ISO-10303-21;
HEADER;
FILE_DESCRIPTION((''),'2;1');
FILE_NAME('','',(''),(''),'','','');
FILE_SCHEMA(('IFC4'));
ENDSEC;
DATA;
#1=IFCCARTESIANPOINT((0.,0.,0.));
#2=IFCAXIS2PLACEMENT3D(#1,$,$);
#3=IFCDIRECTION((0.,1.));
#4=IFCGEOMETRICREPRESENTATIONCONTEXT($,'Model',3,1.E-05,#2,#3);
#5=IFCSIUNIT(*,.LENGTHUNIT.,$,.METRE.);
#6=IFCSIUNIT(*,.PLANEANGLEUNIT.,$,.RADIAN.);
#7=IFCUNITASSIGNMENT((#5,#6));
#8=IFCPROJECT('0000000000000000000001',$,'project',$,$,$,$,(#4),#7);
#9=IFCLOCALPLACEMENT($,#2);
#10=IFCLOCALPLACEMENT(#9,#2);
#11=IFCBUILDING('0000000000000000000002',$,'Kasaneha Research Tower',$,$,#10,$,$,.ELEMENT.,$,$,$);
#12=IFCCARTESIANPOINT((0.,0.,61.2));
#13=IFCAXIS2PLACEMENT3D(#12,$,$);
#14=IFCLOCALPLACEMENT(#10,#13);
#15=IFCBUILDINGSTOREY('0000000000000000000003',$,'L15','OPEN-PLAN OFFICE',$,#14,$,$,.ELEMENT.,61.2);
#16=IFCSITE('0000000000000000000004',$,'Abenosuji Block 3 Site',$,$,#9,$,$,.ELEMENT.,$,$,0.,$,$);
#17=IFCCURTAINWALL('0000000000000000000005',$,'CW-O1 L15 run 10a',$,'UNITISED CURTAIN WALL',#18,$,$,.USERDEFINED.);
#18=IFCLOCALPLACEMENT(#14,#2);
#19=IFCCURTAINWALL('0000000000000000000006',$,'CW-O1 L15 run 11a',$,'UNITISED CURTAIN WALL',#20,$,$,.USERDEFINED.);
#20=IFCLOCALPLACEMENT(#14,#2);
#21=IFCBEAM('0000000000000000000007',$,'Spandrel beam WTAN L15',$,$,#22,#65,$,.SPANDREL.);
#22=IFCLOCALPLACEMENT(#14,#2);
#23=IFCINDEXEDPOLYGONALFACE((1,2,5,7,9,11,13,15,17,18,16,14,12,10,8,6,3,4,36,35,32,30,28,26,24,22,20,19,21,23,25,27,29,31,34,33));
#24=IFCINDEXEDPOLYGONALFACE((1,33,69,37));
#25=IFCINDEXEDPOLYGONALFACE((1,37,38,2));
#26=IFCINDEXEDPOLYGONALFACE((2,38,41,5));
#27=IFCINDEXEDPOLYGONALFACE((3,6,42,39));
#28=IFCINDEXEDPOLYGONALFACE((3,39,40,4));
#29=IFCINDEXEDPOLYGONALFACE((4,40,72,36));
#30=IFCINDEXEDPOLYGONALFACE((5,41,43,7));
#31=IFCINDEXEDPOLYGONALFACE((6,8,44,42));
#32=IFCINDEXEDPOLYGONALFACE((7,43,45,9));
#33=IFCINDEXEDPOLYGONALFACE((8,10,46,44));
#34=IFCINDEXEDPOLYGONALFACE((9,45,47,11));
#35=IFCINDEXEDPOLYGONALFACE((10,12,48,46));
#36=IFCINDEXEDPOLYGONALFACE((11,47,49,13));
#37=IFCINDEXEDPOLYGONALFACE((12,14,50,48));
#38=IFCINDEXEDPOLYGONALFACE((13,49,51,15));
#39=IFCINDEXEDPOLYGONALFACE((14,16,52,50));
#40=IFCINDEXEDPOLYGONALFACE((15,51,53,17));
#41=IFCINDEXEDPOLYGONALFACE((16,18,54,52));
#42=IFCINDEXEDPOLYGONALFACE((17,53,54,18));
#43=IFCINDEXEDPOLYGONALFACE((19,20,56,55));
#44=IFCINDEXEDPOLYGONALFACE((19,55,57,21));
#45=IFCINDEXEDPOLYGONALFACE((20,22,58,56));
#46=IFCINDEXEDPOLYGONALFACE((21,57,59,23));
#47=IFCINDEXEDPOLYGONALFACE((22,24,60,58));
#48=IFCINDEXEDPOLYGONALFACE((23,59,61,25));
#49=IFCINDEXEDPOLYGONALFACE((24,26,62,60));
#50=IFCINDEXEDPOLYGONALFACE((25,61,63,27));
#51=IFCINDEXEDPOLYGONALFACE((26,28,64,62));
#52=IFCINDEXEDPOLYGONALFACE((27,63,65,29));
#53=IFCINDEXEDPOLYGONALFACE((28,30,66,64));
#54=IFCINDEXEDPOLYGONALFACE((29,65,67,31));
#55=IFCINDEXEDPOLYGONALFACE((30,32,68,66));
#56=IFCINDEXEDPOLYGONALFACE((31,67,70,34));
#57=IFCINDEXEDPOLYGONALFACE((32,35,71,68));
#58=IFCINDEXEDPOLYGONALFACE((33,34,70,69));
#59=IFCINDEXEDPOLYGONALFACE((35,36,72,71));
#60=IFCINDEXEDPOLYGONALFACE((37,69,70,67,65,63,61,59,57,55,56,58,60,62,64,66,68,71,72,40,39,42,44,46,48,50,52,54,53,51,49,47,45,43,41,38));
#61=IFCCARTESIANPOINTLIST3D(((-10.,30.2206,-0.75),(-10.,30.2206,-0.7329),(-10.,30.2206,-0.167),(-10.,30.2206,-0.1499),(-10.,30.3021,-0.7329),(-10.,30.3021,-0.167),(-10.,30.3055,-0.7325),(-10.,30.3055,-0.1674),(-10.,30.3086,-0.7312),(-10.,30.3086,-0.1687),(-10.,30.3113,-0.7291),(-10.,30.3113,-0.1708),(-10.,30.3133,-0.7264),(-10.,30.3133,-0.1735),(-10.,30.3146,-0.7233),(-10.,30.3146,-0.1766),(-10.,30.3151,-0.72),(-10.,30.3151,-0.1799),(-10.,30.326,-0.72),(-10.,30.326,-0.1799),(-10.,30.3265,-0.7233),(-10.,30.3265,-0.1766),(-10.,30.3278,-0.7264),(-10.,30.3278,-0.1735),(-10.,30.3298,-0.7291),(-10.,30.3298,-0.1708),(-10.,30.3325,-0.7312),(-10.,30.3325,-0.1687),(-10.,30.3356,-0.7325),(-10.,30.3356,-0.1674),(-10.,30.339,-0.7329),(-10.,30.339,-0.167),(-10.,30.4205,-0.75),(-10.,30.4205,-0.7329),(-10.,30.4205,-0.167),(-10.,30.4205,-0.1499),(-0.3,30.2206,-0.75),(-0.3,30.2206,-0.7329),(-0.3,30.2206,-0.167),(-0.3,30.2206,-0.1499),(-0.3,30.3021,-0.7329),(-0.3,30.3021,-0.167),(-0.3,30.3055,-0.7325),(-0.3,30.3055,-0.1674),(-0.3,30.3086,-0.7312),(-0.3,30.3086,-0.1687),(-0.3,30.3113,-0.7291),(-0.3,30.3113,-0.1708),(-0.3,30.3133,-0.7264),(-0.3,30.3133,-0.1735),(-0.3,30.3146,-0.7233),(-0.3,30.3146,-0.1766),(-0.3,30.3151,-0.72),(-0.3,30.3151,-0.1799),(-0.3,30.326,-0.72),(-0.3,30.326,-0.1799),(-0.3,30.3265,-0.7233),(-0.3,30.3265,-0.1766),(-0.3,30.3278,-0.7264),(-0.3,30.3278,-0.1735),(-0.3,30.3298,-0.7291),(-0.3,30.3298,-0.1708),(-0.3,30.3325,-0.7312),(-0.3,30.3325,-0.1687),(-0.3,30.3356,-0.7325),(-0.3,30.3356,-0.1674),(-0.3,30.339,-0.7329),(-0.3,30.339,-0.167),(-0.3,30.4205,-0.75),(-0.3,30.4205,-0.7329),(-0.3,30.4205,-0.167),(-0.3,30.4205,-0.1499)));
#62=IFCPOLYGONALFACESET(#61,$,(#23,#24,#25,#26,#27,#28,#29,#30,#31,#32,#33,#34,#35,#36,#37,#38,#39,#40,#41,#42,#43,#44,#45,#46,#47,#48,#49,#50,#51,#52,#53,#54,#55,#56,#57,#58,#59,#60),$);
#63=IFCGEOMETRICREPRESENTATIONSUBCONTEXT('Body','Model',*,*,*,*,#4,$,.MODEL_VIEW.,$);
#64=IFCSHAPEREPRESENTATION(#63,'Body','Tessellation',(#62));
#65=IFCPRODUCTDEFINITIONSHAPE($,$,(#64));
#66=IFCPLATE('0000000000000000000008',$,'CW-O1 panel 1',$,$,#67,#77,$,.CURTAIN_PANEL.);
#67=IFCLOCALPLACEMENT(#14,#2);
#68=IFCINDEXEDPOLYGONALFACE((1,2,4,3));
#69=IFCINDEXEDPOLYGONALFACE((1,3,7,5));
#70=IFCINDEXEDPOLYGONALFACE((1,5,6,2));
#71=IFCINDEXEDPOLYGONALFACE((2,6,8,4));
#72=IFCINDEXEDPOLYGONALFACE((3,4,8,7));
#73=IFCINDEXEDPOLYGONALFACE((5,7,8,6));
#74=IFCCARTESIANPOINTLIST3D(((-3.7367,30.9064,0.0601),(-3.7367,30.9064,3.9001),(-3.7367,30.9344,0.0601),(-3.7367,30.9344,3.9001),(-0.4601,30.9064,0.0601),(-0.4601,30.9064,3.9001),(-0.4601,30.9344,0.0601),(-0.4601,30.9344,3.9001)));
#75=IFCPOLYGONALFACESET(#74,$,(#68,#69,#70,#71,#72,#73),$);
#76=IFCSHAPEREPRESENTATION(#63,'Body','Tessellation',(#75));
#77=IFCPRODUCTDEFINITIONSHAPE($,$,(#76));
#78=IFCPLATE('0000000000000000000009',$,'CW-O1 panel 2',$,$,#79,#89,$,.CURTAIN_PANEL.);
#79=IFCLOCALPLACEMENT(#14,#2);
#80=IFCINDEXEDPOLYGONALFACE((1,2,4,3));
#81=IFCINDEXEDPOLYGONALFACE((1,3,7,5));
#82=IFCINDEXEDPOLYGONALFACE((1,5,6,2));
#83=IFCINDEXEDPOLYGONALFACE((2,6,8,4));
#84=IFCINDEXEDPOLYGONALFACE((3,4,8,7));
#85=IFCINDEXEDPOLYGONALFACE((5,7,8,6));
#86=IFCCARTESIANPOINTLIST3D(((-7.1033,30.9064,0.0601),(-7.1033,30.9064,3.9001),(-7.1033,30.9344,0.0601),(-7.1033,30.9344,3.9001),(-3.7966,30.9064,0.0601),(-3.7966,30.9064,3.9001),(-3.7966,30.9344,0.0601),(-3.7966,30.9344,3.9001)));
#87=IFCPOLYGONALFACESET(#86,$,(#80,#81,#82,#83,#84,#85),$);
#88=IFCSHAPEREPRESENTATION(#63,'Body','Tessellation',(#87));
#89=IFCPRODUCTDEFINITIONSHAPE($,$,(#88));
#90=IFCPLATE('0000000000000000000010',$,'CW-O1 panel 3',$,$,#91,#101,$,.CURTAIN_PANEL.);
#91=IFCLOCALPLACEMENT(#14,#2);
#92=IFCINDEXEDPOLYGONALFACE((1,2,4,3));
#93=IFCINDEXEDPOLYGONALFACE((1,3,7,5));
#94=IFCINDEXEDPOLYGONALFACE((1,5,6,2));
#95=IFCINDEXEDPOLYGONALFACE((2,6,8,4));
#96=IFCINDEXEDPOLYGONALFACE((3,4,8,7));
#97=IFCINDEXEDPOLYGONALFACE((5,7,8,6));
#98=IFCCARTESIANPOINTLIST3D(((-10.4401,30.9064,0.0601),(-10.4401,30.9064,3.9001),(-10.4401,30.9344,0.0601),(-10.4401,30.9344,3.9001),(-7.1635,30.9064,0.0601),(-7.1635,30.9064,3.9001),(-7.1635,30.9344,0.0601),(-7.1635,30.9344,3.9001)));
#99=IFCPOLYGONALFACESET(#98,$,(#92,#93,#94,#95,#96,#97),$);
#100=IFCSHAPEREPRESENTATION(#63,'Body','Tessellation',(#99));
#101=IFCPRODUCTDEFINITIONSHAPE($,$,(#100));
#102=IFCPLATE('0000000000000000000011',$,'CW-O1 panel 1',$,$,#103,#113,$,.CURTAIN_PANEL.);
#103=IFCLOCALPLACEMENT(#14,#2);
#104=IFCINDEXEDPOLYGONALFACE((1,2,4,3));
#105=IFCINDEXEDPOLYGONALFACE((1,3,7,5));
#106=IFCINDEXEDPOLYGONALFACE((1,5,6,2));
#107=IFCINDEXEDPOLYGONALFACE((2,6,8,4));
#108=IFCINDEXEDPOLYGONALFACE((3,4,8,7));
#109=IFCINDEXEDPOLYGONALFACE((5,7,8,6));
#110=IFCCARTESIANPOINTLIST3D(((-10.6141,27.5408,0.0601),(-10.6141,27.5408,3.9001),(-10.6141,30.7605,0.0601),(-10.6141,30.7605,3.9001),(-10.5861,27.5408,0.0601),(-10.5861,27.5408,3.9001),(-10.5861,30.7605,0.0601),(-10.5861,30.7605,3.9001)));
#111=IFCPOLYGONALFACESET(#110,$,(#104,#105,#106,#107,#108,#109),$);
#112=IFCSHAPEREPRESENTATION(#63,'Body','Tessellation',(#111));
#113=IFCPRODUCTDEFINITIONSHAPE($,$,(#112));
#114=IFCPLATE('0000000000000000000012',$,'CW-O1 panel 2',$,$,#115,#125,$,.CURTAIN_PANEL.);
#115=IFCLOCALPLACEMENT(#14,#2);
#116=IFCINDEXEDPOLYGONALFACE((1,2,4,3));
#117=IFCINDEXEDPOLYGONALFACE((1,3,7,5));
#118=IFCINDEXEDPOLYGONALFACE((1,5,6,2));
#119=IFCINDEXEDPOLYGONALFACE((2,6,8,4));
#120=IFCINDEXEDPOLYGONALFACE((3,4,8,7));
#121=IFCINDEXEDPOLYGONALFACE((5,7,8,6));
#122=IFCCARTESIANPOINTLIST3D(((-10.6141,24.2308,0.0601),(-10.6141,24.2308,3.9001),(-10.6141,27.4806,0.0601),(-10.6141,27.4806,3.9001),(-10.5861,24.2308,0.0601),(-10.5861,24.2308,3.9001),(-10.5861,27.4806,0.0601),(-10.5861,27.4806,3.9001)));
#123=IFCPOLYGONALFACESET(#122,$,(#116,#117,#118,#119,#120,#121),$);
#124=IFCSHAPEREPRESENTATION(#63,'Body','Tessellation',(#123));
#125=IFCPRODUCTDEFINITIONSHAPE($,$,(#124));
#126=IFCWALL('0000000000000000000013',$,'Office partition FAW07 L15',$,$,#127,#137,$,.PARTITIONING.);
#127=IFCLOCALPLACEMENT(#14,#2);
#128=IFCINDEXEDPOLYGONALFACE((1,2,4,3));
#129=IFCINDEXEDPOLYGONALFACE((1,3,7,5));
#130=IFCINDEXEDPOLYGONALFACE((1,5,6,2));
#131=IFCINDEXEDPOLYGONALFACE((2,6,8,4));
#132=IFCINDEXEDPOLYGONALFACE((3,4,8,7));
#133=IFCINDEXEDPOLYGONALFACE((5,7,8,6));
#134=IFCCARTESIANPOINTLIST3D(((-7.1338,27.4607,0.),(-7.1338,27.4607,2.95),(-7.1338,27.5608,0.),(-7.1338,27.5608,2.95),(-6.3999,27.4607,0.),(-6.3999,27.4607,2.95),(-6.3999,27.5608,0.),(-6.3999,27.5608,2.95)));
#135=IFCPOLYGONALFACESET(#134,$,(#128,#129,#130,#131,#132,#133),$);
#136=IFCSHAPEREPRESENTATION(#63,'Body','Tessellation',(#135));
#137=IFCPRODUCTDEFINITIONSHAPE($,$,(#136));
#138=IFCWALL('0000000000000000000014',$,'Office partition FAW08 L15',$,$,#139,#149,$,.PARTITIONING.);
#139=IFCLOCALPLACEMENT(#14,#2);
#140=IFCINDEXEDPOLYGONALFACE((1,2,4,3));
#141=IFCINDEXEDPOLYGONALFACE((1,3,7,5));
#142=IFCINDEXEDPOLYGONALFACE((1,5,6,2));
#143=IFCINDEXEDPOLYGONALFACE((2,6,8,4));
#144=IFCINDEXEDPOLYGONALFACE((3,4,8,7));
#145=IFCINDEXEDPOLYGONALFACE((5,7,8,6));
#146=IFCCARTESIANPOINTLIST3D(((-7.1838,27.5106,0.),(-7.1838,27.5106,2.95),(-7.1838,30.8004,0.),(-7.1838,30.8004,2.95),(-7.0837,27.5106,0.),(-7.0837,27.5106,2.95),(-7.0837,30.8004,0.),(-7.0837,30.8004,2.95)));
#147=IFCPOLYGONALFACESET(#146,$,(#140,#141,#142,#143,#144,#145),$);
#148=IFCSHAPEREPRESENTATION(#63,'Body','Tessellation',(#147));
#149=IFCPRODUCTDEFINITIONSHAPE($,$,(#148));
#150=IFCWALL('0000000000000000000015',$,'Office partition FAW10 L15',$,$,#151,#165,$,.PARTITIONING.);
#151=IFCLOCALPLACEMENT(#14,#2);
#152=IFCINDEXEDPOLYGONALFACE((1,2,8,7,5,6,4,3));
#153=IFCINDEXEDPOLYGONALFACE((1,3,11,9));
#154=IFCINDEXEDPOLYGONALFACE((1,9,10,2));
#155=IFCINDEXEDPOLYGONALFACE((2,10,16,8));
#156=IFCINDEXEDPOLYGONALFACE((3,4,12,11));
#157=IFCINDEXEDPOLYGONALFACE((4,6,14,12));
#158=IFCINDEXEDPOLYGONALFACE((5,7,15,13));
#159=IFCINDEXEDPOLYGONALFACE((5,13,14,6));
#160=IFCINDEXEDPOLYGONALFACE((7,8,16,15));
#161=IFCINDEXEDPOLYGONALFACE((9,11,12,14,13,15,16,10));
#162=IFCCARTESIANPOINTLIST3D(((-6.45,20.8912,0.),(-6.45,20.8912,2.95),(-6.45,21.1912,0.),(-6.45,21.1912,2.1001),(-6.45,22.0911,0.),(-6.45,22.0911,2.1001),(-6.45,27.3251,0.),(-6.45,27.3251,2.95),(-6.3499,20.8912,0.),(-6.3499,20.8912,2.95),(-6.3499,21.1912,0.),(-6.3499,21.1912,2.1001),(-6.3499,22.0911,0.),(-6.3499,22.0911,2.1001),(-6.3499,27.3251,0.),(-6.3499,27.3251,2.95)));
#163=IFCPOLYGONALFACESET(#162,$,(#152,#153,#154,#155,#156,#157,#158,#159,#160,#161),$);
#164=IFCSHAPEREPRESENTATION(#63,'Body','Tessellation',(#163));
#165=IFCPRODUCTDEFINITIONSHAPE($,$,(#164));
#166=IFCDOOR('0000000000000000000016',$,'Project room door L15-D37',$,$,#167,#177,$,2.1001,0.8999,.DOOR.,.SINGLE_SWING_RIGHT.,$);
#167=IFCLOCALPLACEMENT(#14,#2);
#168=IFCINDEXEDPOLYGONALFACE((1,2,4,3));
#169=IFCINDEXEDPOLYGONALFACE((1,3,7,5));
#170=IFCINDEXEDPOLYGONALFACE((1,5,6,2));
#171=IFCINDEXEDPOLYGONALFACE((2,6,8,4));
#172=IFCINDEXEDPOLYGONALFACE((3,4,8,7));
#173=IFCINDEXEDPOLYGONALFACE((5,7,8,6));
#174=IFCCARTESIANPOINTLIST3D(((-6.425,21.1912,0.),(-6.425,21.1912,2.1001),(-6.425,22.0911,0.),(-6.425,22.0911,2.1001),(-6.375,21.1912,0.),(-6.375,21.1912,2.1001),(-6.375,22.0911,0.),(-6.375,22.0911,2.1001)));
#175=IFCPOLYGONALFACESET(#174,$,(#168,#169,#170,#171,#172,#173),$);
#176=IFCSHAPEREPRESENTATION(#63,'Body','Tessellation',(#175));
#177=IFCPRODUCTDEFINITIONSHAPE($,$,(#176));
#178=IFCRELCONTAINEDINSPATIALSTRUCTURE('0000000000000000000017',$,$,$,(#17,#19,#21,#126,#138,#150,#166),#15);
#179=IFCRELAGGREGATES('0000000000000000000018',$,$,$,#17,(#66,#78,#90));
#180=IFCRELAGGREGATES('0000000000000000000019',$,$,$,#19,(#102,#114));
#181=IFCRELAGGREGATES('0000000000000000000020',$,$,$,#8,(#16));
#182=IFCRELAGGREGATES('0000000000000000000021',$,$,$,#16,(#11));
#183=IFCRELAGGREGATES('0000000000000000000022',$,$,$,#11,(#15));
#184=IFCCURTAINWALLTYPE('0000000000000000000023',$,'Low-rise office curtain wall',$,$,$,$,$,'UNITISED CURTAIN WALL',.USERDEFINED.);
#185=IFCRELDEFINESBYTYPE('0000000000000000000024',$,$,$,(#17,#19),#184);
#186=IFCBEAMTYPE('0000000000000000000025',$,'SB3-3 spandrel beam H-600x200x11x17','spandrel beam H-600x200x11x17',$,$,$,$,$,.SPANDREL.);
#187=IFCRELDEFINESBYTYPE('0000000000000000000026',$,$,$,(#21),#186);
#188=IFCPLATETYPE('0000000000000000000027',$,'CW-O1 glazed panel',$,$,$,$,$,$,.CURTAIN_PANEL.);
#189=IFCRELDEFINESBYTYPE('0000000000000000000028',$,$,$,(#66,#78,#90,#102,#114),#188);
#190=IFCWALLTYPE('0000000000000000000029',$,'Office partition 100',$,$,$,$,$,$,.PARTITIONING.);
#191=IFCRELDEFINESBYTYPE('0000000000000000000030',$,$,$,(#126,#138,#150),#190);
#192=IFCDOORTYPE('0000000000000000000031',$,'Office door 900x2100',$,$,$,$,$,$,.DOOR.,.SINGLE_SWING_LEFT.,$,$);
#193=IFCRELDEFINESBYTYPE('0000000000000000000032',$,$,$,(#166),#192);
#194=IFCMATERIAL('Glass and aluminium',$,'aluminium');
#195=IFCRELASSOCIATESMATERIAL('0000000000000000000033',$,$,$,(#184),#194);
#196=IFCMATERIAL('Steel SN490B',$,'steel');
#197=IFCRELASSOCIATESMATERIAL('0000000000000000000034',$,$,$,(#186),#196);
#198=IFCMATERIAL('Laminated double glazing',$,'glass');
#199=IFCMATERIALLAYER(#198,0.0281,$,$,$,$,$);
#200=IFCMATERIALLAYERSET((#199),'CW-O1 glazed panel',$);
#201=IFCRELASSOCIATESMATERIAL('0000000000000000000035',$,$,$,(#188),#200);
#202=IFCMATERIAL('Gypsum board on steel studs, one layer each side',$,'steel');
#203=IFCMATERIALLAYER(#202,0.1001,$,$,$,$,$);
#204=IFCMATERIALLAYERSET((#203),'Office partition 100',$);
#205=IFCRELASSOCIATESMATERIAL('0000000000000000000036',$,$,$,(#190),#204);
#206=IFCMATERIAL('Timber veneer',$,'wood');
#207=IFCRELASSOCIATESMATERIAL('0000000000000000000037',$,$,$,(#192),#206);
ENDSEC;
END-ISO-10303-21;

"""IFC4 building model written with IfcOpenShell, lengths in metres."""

from ifc_helpers import new_model, si_unit, direction, frame, frame_2d, origin, origin_2d, place, context, subcontext, project, spatial, rectangle, i_section, extrude, material, layer, layer_set, material_profile, profile_set, type_object, element, fill, aggregate, save


model = new_model("IFC4")

# Units and contexts
model_context = context("Model", 3, precision=1e-05, world=origin(), true_north=direction((0.0, 1.0)))
body_context = subcontext(model_context, "Body", "Model", "MODEL_VIEW")
ifc_project = project(units=[si_unit("LENGTHUNIT", "METRE"), si_unit("PLANEANGLEUNIT", "RADIAN")], contexts=[model_context])

# Site, building, storey
site_placement = place(None, origin())
site = spatial("IfcSite", under=ifc_project, at=site_placement, Name="Abenosuji Block 3 Site", CompositionType="ELEMENT", RefElevation=0.0)
building_placement = place(site_placement, origin())
building = spatial("IfcBuilding", under=site, at=building_placement, Name="Kasaneha Research Tower", CompositionType="ELEMENT")
storey_placement = place(building_placement, frame((0.0, 0.0, 61.2)))
storey = spatial("IfcBuildingStorey", under=building, at=storey_placement, Name="L15", Description="OPEN-PLAN OFFICE", CompositionType="ELEMENT", Elevation=61.2)

# Curtain walls
ifc_material_1 = material(Name="Glass and aluminium", Category="aluminium")
curtain_wall_type = type_object("IfcCurtainWallType", Name="Low-rise office curtain wall", ElementType="UNITISED CURTAIN WALL", PredefinedType="USERDEFINED", material=ifc_material_1)
curtain_wall_1_placement = place(storey_placement, origin())
curtain_wall_1 = element("IfcCurtainWall", 1, at=curtain_wall_1_placement, inside=storey, type_object=curtain_wall_type, Name="CW-O1 L15 run 10a", ObjectType="UNITISED CURTAIN WALL", PredefinedType="USERDEFINED")
curtain_wall_2_placement = place(storey_placement, origin())
curtain_wall_2 = element("IfcCurtainWall", 2, at=curtain_wall_2_placement, inside=storey, type_object=curtain_wall_type, Name="CW-O1 L15 run 11a", ObjectType="UNITISED CURTAIN WALL", PredefinedType="USERDEFINED")

# Beam
ifc_material_2 = material(Name="Steel SN490B", Category="steel")
ifc_material_profile_1 = material_profile(ifc_material_2, i_section(OverallWidth=0.2, OverallDepth=0.6001, WebThickness=0.011, FlangeThickness=0.0171, FilletRadius=0.0129, at=origin_2d()), Name="H-600x200x11x17")
ifc_profile_set_1 = profile_set([ifc_material_profile_1], Name="Steel SN490B")
beam_type_1 = type_object("IfcBeamType", Name="SB3-3 spandrel beam H-600x200x11x17", Description="spandrel beam H-600x200x11x17", PredefinedType="SPANDREL", material=ifc_profile_set_1)
beam_1_placement = place(storey_placement, frame((-10.0, 30.3206, -0.45), z_axis=(1.0, 0.0, 0.0), x_axis=(0.0, 1.0, 0.0)))
element("IfcBeam", 3, at=beam_1_placement, inside=storey, type_object=beam_type_1, Name="Spandrel beam WTAN L15", PredefinedType="SPANDREL", context=body_context, shape_type="SweptSolid", body=[
    extrude(i_section(OverallWidth=0.2, OverallDepth=0.6001, WebThickness=0.011, FlangeThickness=0.0171, FilletRadius=0.0129, at=origin_2d()), origin(), (0.0, 0.0, 1.0), 9.7),
])

# Plates
ifc_material_3 = material(Name="Laminated double glazing", Category="glass")
ifc_layer_1 = layer(ifc_material_3, 0.0281)
ifc_layer_set_1 = layer_set([ifc_layer_1], Name="CW-O1 glazed panel")
plate_type = type_object("IfcPlateType", Name="CW-O1 glazed panel", PredefinedType="CURTAIN_PANEL", material=ifc_layer_set_1)
plate_1_placement = place(storey_placement, frame((-2.0984, 30.9204, 0.0601), z_axis=(0.0, 0.0, 1.0), x_axis=(-1.0, 0.0, 0.0)))
plate_1 = element("IfcPlate", 4, at=plate_1_placement, type_object=plate_type, Name="CW-O1 panel 1", PredefinedType="CURTAIN_PANEL", context=body_context, shape_type="SweptSolid", body=[
    extrude(rectangle(XDim=3.2766, YDim=0.0281, at=origin_2d()), origin(), (0.0, 0.0, 1.0), 3.8401),
])
plate_2_placement = place(storey_placement, frame((-5.45, 30.9204, 0.0601), z_axis=(0.0, 0.0, 1.0), x_axis=(-1.0, 0.0, 0.0)))
plate_2 = element("IfcPlate", 5, at=plate_2_placement, type_object=plate_type, Name="CW-O1 panel 2", PredefinedType="CURTAIN_PANEL", context=body_context, shape_type="SweptSolid", body=[
    extrude(rectangle(XDim=3.3066, YDim=0.0281, at=origin_2d()), origin(), (0.0, 0.0, 1.0), 3.8401),
])
plate_3_placement = place(storey_placement, frame((-8.8018, 30.9204, 0.0601), z_axis=(0.0, 0.0, 1.0), x_axis=(-1.0, 0.0, 0.0)))
plate_3 = element("IfcPlate", 6, at=plate_3_placement, type_object=plate_type, Name="CW-O1 panel 3", PredefinedType="CURTAIN_PANEL", context=body_context, shape_type="SweptSolid", body=[
    extrude(rectangle(XDim=3.2766, YDim=0.0281, at=origin_2d()), origin(), (0.0, 0.0, 1.0), 3.8401),
])
aggregate(curtain_wall_1, [plate_1, plate_2, plate_3])
plate_4_placement = place(storey_placement, frame((-10.6001, 29.1506, 0.0601), z_axis=(0.0, 0.0, 1.0), x_axis=(0.0, -1.0, 0.0)))
plate_4 = element("IfcPlate", 7, at=plate_4_placement, type_object=plate_type, Name="CW-O1 panel 1", PredefinedType="CURTAIN_PANEL", context=body_context, shape_type="SweptSolid", body=[
    extrude(rectangle(XDim=3.2197, YDim=0.0281, at=origin_2d()), origin(), (0.0, 0.0, 1.0), 3.8401),
])
plate_5_placement = place(storey_placement, frame((-10.6001, 25.8557, 0.0601), z_axis=(0.0, 0.0, 1.0), x_axis=(0.0, -1.0, 0.0)))
plate_5 = element("IfcPlate", 8, at=plate_5_placement, type_object=plate_type, Name="CW-O1 panel 2", PredefinedType="CURTAIN_PANEL", context=body_context, shape_type="SweptSolid", body=[
    extrude(rectangle(XDim=3.2498, YDim=0.0281, at=origin_2d()), origin(), (0.0, 0.0, 1.0), 3.8401),
])
aggregate(curtain_wall_2, [plate_4, plate_5])

# Walls
ifc_material_4 = material(Name="Gypsum board on steel studs, one layer each side", Category="steel")
ifc_layer_2 = layer(ifc_material_4, 0.1001)
ifc_layer_set_2 = layer_set([ifc_layer_2], Name="Office partition 100")
wall_type = type_object("IfcWallType", Name="Office partition 100", PredefinedType="PARTITIONING", material=ifc_layer_set_2)
wall_1_placement = place(storey_placement, frame((-7.1338, 27.5107, 0.0), z_axis=(0.0, 0.0, 1.0), x_axis=(1.0, 0.0, 0.0)))
element("IfcWall", 9, at=wall_1_placement, inside=storey, type_object=wall_type, Name="Office partition FAW07 L15", PredefinedType="PARTITIONING", context=body_context, shape_type="SweptSolid", body=[
    extrude(rectangle(XDim=0.7339, YDim=0.1001, at=frame_2d((0.3669, 0.0))), origin(), (0.0, 0.0, 1.0), 2.95),
])
wall_2_placement = place(storey_placement, frame((-7.1338, 30.8005, 0.0), z_axis=(0.0, 0.0, 1.0), x_axis=(0.0, -1.0, 0.0)))
element("IfcWall", 10, at=wall_2_placement, inside=storey, type_object=wall_type, Name="Office partition FAW08 L15", PredefinedType="PARTITIONING", context=body_context, shape_type="SweptSolid", body=[
    extrude(rectangle(XDim=3.2898, YDim=0.1001, at=frame_2d((1.645, 0.0))), origin(), (0.0, 0.0, 1.0), 2.95),
])

# Wall, opening, door
wall_3_placement = place(storey_placement, frame((-6.3999, 27.325, 0.0), z_axis=(0.0, 0.0, 1.0), x_axis=(0.0, -1.0, 0.0)))
wall_3 = element("IfcWall", 11, at=wall_3_placement, inside=storey, type_object=wall_type, Name="Office partition FAW10 L15", PredefinedType="PARTITIONING", context=body_context, shape_type="SweptSolid", body=[
    extrude(rectangle(XDim=6.4338, YDim=0.1001, at=frame_2d((3.2168, 0.0))), origin(), (0.0, 0.0, 1.0), 2.95),
])
opening_1_placement = place(wall_3_placement, frame((5.2339, 0.0, 0.0)))
opening_1 = element("IfcOpeningElement", 12, at=opening_1_placement, cuts=wall_3, PredefinedType="OPENING", context=body_context, shape_type="SweptSolid", body=[
    extrude(rectangle(XDim=0.8999, YDim=2.1001, at=frame_2d((0.45, 1.05))), frame((0.0, 0.0601, 0.0), z_axis=(0.0, -1.0, 0.0), x_axis=(1.0, 0.0, 0.0)), (0.0, 0.0, 1.0), 0.1201),
])
ifc_material_5 = material(Name="Timber veneer", Category="wood")
door_type = type_object("IfcDoorType", Name="Office door 900x2100", OperationType="SINGLE_SWING_LEFT", PredefinedType="DOOR", material=ifc_material_5)
door_1_placement = place(opening_1_placement, origin())
door_1 = element("IfcDoor", 13, at=door_1_placement, inside=storey, type_object=door_type, Name="Project room door L15-D37", OperationType="SINGLE_SWING_RIGHT", OverallHeight=2.1001, OverallWidth=0.8999, PredefinedType="DOOR", context=body_context, shape_type="SweptSolid", body=[
    extrude(rectangle(XDim=0.8999, YDim=2.1001, at=frame_2d((0.45, 1.05))), frame((0.0, 0.0249, 0.0), z_axis=(0.0, -1.0, 0.0), x_axis=(1.0, 0.0, 0.0)), (0.0, 0.0, 1.0), 0.05),
])
fill(opening_1, door_1)

save(model, "model.ifc")
